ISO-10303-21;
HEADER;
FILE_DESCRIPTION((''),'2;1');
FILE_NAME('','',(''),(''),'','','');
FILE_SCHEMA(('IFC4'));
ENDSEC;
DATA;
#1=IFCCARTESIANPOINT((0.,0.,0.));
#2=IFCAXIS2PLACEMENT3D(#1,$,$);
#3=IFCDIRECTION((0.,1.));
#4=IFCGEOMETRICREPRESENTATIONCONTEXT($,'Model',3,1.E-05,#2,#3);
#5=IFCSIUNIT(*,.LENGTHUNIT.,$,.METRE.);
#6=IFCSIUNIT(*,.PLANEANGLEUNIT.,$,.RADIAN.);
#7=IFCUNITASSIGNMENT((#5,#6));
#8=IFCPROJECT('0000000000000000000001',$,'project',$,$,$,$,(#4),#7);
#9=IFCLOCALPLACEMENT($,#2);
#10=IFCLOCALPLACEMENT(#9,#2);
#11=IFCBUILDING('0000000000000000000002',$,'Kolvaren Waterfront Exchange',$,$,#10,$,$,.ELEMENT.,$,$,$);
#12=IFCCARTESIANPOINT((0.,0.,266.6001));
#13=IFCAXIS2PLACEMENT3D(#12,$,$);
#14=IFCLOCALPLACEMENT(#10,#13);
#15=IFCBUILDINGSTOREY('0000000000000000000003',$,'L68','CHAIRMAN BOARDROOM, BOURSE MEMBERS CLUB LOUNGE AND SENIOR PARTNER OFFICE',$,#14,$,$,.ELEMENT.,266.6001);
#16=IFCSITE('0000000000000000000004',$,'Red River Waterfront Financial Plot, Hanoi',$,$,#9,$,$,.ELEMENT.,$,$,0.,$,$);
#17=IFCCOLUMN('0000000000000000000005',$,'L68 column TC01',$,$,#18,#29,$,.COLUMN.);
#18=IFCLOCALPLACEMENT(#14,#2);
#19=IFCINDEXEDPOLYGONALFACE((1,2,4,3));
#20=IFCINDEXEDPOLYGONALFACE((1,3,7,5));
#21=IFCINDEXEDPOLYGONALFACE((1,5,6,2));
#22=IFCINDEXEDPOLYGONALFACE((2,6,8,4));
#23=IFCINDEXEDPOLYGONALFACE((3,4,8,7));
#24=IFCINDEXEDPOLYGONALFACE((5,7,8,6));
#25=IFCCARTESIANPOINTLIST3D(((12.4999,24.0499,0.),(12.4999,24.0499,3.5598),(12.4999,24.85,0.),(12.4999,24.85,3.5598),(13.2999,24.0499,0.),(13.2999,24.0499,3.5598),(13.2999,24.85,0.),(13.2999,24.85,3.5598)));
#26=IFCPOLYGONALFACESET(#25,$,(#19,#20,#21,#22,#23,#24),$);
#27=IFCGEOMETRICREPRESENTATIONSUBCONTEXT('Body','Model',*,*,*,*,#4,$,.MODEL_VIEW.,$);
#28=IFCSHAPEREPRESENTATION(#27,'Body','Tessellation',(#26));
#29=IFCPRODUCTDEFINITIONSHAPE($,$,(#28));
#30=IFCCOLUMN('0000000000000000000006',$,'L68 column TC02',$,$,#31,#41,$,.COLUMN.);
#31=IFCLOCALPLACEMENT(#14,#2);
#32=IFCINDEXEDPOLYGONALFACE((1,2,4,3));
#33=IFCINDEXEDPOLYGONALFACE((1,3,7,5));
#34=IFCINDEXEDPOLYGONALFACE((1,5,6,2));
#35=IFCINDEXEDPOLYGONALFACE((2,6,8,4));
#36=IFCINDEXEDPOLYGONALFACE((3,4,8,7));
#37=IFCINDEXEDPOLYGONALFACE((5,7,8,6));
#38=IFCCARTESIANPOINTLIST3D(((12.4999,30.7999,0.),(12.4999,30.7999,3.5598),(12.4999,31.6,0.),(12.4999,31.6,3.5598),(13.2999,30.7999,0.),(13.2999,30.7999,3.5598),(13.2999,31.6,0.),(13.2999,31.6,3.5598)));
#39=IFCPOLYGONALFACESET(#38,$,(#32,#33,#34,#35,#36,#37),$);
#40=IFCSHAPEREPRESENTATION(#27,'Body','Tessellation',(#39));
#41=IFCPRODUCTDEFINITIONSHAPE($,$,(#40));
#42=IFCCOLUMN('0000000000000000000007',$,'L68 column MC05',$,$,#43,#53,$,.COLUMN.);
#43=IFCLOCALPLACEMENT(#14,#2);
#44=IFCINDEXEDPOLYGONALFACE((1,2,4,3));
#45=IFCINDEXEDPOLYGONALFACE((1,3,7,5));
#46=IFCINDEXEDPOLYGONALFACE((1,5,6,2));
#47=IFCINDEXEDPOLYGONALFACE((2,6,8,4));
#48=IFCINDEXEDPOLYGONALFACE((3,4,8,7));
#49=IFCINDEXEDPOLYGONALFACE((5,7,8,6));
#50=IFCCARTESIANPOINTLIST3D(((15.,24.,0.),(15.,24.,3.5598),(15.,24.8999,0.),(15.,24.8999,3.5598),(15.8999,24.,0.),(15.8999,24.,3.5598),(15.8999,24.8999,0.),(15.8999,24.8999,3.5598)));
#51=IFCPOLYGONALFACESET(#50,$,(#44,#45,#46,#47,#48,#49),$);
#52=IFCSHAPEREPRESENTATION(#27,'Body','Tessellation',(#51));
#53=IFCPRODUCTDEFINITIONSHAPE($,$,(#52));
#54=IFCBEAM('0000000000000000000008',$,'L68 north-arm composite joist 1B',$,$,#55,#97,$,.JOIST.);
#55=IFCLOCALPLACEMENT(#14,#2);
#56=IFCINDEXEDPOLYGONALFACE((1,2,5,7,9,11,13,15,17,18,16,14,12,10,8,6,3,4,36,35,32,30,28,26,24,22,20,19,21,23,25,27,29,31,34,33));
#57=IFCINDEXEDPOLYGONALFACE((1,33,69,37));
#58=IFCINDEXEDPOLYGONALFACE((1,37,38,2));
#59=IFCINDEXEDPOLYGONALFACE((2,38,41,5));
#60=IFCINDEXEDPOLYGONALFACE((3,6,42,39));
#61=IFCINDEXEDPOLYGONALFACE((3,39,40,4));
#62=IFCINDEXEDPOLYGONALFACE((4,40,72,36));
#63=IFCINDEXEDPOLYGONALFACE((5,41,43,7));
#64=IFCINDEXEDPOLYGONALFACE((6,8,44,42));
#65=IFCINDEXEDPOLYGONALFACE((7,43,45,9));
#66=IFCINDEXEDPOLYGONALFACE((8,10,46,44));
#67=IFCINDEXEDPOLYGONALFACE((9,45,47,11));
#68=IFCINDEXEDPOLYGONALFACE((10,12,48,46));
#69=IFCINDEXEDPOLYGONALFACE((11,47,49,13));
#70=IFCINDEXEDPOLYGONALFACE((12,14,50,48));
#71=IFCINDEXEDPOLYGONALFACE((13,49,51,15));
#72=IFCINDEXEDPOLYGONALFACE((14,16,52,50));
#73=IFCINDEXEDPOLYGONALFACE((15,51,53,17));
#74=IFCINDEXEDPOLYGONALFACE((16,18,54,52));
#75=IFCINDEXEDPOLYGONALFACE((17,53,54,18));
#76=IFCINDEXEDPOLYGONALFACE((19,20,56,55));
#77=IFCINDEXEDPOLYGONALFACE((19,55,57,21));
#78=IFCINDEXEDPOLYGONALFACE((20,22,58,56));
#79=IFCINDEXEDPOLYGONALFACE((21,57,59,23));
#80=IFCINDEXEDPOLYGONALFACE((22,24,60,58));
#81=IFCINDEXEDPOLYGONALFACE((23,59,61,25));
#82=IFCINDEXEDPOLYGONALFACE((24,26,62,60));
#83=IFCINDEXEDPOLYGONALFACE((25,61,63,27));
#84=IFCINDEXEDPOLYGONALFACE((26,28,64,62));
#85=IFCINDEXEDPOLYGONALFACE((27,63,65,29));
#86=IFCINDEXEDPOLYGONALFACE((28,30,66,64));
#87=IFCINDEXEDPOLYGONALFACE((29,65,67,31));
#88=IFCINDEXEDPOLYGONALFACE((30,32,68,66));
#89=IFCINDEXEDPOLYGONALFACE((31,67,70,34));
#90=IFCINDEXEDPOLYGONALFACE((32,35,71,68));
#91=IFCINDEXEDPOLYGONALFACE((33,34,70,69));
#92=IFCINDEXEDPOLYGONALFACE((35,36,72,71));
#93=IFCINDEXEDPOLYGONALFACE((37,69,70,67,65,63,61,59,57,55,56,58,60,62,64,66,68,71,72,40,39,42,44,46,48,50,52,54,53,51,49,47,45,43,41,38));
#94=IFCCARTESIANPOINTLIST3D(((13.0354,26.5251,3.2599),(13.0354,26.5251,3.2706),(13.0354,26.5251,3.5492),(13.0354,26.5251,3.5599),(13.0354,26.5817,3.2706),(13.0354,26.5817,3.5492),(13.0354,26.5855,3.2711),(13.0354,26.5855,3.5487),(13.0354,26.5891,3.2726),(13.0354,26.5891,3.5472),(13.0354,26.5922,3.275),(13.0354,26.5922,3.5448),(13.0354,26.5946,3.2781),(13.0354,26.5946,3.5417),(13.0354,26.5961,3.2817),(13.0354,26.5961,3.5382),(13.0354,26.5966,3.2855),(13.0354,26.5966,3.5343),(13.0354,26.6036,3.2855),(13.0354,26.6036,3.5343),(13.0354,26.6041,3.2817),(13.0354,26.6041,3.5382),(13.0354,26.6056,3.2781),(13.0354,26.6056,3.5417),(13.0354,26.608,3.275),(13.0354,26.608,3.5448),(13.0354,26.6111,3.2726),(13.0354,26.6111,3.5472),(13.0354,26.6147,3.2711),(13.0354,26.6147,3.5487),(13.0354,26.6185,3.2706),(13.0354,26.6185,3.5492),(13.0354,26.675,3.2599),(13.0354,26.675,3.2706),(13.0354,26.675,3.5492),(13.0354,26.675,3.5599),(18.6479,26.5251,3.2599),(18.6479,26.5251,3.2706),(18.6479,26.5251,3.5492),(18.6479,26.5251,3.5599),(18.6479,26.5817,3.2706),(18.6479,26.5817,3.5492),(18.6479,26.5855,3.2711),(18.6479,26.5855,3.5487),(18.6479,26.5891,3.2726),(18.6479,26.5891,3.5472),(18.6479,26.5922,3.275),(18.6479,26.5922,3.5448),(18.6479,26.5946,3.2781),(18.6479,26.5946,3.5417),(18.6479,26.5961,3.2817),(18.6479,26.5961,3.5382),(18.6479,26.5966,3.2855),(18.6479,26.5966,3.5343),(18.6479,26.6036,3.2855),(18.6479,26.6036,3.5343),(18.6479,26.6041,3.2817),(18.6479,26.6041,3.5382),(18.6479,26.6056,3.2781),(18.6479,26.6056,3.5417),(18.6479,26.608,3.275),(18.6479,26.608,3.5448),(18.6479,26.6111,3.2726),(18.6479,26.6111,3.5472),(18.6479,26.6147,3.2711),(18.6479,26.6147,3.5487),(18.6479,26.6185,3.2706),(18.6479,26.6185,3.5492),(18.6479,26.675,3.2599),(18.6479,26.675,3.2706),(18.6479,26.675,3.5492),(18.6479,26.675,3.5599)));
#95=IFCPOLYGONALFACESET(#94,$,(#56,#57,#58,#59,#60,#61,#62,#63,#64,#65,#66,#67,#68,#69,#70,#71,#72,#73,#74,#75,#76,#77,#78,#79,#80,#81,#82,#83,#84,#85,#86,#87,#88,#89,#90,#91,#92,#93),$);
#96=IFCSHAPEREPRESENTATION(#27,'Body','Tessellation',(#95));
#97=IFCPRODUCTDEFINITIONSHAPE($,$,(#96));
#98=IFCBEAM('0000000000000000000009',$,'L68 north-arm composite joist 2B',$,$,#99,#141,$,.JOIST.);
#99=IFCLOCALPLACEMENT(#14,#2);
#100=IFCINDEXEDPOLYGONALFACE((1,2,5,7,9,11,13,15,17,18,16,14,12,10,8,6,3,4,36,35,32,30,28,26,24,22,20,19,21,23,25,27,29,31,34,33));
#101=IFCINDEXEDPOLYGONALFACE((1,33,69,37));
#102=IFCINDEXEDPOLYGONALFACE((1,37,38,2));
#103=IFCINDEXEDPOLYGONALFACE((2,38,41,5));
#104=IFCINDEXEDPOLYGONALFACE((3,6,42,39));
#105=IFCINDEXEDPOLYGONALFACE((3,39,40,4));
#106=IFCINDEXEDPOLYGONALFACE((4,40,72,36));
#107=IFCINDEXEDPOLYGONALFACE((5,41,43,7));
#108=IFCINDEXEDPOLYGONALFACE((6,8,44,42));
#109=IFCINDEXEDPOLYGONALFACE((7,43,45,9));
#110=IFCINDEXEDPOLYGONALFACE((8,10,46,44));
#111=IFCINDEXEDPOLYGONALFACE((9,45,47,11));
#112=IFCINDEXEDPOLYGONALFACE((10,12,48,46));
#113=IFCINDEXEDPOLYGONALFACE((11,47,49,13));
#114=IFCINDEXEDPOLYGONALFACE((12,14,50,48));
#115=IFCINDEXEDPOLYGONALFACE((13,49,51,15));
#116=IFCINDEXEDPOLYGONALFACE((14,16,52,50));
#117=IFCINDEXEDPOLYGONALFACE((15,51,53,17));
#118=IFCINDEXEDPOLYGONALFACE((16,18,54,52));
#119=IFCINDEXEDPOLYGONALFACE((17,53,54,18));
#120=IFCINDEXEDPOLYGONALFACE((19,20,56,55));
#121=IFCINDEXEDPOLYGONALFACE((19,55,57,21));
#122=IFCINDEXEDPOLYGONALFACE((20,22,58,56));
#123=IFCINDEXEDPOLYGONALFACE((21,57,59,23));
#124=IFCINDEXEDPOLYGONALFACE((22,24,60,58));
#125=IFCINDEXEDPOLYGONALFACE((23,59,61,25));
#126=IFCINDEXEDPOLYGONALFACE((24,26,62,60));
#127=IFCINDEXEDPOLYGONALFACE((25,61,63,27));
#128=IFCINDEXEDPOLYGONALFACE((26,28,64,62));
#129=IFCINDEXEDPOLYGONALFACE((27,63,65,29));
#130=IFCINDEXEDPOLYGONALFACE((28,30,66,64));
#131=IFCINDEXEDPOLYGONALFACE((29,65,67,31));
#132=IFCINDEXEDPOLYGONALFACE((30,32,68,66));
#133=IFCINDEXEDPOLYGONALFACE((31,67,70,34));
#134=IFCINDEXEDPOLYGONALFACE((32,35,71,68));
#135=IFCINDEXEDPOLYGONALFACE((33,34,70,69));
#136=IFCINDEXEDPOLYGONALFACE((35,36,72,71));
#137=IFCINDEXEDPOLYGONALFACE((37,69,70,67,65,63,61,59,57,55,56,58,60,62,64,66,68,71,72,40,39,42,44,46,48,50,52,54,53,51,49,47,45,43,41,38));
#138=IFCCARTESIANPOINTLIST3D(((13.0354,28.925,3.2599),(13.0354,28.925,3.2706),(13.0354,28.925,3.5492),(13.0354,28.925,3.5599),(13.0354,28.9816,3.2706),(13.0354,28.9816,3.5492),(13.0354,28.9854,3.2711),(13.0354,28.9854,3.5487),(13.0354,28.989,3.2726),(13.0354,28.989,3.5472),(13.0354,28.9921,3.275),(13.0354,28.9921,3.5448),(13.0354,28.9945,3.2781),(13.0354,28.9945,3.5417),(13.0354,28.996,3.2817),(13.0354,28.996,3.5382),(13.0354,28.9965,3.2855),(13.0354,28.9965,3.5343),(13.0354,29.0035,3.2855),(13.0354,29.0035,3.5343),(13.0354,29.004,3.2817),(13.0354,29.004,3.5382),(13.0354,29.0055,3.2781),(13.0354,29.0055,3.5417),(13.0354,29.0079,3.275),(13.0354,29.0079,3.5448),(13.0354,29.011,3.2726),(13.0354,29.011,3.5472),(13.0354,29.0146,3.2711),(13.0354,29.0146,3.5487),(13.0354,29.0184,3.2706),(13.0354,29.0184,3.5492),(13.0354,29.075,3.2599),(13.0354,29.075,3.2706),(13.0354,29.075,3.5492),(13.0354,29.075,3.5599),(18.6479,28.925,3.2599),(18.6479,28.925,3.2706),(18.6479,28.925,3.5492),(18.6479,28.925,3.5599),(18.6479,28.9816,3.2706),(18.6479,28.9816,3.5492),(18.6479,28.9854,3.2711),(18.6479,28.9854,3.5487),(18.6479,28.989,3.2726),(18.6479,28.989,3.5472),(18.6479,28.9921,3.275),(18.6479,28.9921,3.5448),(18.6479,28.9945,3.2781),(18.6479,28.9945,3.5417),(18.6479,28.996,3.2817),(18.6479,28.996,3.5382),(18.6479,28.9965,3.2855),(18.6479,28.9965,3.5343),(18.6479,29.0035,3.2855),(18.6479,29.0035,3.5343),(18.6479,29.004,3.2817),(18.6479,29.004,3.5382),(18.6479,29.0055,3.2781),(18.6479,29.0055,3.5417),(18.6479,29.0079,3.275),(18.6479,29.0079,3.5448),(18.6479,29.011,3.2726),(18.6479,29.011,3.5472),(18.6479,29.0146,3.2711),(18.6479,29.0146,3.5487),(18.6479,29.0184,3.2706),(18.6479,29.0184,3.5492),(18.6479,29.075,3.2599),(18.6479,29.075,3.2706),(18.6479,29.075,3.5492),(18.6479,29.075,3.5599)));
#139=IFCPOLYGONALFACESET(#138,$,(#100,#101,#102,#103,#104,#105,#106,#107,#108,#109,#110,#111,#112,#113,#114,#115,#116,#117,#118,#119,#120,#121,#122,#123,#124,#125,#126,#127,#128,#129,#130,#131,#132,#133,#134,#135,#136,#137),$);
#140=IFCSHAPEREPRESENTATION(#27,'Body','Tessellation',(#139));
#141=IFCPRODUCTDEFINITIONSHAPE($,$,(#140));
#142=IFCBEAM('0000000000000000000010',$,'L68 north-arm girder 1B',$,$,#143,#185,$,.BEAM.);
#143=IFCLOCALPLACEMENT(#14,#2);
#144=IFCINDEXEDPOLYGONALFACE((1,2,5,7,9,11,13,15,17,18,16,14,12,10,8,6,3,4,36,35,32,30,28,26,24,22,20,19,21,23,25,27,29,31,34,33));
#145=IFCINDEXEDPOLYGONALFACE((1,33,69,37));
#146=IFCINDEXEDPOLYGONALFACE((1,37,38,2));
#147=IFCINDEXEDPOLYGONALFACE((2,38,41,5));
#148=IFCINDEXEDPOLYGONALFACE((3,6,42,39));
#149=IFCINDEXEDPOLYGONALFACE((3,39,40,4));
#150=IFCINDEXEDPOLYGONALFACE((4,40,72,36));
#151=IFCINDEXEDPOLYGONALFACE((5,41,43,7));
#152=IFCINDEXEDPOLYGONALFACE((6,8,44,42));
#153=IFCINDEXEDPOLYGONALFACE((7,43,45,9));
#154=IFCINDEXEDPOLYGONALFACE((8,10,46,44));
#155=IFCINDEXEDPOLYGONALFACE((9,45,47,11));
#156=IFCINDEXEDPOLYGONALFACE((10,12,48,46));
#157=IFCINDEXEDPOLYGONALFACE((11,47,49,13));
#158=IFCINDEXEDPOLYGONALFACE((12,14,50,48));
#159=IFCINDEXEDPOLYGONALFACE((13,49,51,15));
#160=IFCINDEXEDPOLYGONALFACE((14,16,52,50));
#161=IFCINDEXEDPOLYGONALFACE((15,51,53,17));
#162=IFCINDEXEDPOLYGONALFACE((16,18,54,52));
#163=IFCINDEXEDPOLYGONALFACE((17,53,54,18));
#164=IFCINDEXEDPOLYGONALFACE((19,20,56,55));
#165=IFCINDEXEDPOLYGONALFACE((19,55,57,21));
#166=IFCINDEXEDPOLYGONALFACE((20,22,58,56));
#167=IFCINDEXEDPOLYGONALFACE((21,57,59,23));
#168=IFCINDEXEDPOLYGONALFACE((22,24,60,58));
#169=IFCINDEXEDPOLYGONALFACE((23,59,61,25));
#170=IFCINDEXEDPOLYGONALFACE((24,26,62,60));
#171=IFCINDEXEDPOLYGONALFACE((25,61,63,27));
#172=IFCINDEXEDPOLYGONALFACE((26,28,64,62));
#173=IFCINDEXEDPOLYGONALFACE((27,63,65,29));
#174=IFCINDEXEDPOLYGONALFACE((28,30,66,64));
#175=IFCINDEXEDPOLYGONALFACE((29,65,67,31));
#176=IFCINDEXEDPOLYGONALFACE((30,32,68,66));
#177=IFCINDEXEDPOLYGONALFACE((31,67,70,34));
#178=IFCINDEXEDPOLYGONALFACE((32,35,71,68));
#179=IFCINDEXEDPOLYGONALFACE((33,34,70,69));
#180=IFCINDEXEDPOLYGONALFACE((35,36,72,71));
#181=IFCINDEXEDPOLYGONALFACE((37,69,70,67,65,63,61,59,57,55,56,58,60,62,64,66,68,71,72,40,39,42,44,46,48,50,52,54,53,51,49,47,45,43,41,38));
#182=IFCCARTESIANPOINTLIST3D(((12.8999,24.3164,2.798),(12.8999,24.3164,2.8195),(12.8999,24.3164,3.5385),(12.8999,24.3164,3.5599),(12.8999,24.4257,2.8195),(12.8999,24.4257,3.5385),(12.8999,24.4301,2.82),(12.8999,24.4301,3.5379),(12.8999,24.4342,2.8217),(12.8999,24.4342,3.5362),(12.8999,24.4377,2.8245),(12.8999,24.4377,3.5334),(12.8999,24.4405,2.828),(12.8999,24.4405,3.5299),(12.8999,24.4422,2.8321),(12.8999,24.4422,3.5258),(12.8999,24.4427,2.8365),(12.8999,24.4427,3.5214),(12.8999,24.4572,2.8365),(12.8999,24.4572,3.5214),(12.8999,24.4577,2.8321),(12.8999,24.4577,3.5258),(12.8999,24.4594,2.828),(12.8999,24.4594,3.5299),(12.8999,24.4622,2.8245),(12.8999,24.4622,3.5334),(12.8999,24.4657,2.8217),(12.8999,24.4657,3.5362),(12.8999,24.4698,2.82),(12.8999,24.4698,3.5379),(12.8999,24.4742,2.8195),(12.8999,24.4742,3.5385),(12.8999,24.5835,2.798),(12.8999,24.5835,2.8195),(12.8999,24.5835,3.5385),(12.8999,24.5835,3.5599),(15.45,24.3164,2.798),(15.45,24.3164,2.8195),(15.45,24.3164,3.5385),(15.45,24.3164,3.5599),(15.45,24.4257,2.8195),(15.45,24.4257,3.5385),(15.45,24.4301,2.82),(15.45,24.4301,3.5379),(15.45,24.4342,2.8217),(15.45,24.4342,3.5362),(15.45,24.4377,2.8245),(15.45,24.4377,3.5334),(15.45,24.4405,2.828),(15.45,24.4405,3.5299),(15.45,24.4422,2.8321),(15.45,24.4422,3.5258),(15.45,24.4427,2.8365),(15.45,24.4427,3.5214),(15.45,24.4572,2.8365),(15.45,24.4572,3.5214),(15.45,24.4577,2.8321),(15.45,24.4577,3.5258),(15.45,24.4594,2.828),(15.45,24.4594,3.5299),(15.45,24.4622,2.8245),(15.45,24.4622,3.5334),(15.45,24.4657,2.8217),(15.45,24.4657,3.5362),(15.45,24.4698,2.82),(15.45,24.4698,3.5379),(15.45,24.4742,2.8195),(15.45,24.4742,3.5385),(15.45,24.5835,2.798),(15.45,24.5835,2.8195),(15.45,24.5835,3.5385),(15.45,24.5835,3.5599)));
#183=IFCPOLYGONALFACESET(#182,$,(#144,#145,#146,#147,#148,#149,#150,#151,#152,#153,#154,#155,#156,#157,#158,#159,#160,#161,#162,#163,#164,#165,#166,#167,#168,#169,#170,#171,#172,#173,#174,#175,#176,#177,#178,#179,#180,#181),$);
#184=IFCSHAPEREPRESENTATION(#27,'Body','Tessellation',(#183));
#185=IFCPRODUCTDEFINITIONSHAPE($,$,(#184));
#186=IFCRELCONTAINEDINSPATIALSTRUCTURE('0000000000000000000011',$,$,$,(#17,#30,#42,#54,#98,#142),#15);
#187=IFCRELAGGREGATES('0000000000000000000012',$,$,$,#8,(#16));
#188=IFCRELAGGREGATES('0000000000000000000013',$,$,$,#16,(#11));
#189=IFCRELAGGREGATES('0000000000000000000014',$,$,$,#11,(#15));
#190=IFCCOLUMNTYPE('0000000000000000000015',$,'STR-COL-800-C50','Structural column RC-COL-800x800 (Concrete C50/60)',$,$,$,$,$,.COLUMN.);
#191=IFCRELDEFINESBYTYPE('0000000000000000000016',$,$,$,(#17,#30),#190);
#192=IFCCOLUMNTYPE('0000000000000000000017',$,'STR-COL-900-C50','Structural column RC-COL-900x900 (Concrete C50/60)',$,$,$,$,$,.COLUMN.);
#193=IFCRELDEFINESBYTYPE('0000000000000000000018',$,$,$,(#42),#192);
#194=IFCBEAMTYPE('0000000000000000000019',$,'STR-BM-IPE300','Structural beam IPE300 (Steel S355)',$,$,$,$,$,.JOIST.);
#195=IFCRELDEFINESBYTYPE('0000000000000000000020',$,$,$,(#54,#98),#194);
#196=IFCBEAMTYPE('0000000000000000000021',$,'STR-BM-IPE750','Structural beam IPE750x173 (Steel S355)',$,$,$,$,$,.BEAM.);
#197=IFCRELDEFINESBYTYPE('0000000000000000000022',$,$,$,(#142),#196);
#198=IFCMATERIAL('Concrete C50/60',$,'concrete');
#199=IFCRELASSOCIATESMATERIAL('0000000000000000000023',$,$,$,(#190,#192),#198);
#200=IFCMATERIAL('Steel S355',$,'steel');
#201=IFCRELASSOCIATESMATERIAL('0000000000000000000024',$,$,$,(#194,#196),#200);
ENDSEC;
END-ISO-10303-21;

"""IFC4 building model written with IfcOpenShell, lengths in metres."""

from ifc_helpers import new_model, si_unit, direction, frame, origin, origin_2d, place, context, subcontext, project, spatial, rectangle, i_section, extrude, material, material_profile, profile_set, type_object, element, save


model = new_model("IFC4")

# Units and contexts
model_context = context("Model", 3, precision=1e-05, world=origin(), true_north=direction((0.0, 1.0)))
body_context = subcontext(model_context, "Body", "Model", "MODEL_VIEW")
ifc_project = project(units=[si_unit("LENGTHUNIT", "METRE"), si_unit("PLANEANGLEUNIT", "RADIAN")], contexts=[model_context])

# Site, building, storey
site_placement = place(None, origin())
site = spatial("IfcSite", under=ifc_project, at=site_placement, Name="Red River Waterfront Financial Plot, Hanoi", CompositionType="ELEMENT", RefElevation=0.0)
building_placement = place(site_placement, origin())
building = spatial("IfcBuilding", under=site, at=building_placement, Name="Kolvaren Waterfront Exchange", CompositionType="ELEMENT")
storey_placement = place(building_placement, frame((0.0, 0.0, 266.6001)))
storey = spatial("IfcBuildingStorey", under=building, at=storey_placement, Name="L68", Description="CHAIRMAN BOARDROOM, BOURSE MEMBERS CLUB LOUNGE AND SENIOR PARTNER OFFICE", CompositionType="ELEMENT", Elevation=266.6001)

# Columns
ifc_material_1 = material(Name="Concrete C50/60", Category="concrete")
ifc_material_profile_1 = material_profile(ifc_material_1, rectangle(XDim=0.8, YDim=0.8, at=origin_2d()), Name="RC-COL-800x800")
ifc_profile_set_1 = profile_set([ifc_material_profile_1], Name="Concrete C50/60")
column_type_1 = type_object("IfcColumnType", Name="STR-COL-800-C50", Description="Structural column RC-COL-800x800 (Concrete C50/60)", PredefinedType="COLUMN", material=ifc_profile_set_1)
for number, where, z_axis, x_axis, name in (
    (1, (12.8999, 24.45, 0.0), (0.0, 0.0, 1.0), (1.0, 0.0, 0.0), "L68 column TC01"),
    (2, (12.8999, 31.2, 0.0), (0.0, 0.0, 1.0), (1.0, 0.0, 0.0), "L68 column TC02"),
):
    element("IfcColumn", number, at=place(storey_placement, frame(where, z_axis=z_axis, x_axis=x_axis)), inside=storey, type_object=column_type_1, Name=name, PredefinedType="COLUMN", context=body_context, shape_type="SweptSolid", body=[
        extrude(rectangle(XDim=0.8, YDim=0.8, at=origin_2d()), origin(), (0.0, 0.0, 1.0), 3.5598),
    ])
ifc_material_profile_2 = material_profile(ifc_material_1, rectangle(XDim=0.8999, YDim=0.8999, at=origin_2d()), Name="RC-COL-900x900")
ifc_profile_set_2 = profile_set([ifc_material_profile_2], Name="Concrete C50/60")
column_type_2 = type_object("IfcColumnType", Name="STR-COL-900-C50", Description="Structural column RC-COL-900x900 (Concrete C50/60)", PredefinedType="COLUMN", material=ifc_profile_set_2)
column_placement = place(storey_placement, frame((15.45, 24.45, 0.0), z_axis=(0.0, 0.0, 1.0), x_axis=(1.0, 0.0, 0.0)))
element("IfcColumn", 3, at=column_placement, inside=storey, type_object=column_type_2, Name="L68 column MC05", PredefinedType="COLUMN", context=body_context, shape_type="SweptSolid", body=[
    extrude(rectangle(XDim=0.8999, YDim=0.8999, at=origin_2d()), origin(), (0.0, 0.0, 1.0), 3.5598),
])

# Beams
ifc_material_2 = material(Name="Steel S355", Category="steel")
ifc_material_profile_3 = material_profile(ifc_material_2, i_section(OverallWidth=0.1499, OverallDepth=0.3, WebThickness=0.0071, FlangeThickness=0.0107, FilletRadius=0.0149, at=origin_2d()), Name="IPE300")
ifc_profile_set_3 = profile_set([ifc_material_profile_3], Name="Steel S355")
beam_type_1 = type_object("IfcBeamType", Name="STR-BM-IPE300", Description="Structural beam IPE300 (Steel S355)", PredefinedType="JOIST", material=ifc_profile_set_3)
for number, where, z_axis, x_axis, name in (
    (4, (13.0354, 26.6001, 3.4099), (1.0, 0.0, 0.0), (0.0, 1.0, 0.0), "L68 north-arm composite joist 1B"),
    (5, (13.0354, 29.0, 3.4099), (1.0, 0.0, 0.0), (0.0, 1.0, 0.0), "L68 north-arm composite joist 2B"),
):
    element("IfcBeam", number, at=place(storey_placement, frame(where, z_axis=z_axis, x_axis=x_axis)), inside=storey, type_object=beam_type_1, Name=name, PredefinedType="JOIST", context=body_context, shape_type="SweptSolid", body=[
        extrude(i_section(OverallWidth=0.1499, OverallDepth=0.3, WebThickness=0.0071, FlangeThickness=0.0107, FilletRadius=0.0149, at=origin_2d()), origin(), (0.0, 0.0, 1.0), 5.6125),
    ])
ifc_material_profile_4 = material_profile(ifc_material_2, i_section(OverallWidth=0.2671, OverallDepth=0.762, WebThickness=0.0144, FlangeThickness=0.0215, FilletRadius=0.0171, at=origin_2d()), Name="IPE750x173")
ifc_profile_set_4 = profile_set([ifc_material_profile_4], Name="Steel S355")
beam_type_2 = type_object("IfcBeamType", Name="STR-BM-IPE750", Description="Structural beam IPE750x173 (Steel S355)", PredefinedType="BEAM", material=ifc_profile_set_4)
beam_1_placement = place(storey_placement, frame((12.8999, 24.45, 3.179), z_axis=(1.0, 0.0, 0.0), x_axis=(0.0, 1.0, 0.0)))
element("IfcBeam", 6, at=beam_1_placement, inside=storey, type_object=beam_type_2, Name="L68 north-arm girder 1B", PredefinedType="BEAM", context=body_context, shape_type="SweptSolid", body=[
    extrude(i_section(OverallWidth=0.2671, OverallDepth=0.762, WebThickness=0.0144, FlangeThickness=0.0215, FilletRadius=0.0171, at=origin_2d()), origin(), (0.0, 0.0, 1.0), 2.55),
])

save(model, "model.ifc")
